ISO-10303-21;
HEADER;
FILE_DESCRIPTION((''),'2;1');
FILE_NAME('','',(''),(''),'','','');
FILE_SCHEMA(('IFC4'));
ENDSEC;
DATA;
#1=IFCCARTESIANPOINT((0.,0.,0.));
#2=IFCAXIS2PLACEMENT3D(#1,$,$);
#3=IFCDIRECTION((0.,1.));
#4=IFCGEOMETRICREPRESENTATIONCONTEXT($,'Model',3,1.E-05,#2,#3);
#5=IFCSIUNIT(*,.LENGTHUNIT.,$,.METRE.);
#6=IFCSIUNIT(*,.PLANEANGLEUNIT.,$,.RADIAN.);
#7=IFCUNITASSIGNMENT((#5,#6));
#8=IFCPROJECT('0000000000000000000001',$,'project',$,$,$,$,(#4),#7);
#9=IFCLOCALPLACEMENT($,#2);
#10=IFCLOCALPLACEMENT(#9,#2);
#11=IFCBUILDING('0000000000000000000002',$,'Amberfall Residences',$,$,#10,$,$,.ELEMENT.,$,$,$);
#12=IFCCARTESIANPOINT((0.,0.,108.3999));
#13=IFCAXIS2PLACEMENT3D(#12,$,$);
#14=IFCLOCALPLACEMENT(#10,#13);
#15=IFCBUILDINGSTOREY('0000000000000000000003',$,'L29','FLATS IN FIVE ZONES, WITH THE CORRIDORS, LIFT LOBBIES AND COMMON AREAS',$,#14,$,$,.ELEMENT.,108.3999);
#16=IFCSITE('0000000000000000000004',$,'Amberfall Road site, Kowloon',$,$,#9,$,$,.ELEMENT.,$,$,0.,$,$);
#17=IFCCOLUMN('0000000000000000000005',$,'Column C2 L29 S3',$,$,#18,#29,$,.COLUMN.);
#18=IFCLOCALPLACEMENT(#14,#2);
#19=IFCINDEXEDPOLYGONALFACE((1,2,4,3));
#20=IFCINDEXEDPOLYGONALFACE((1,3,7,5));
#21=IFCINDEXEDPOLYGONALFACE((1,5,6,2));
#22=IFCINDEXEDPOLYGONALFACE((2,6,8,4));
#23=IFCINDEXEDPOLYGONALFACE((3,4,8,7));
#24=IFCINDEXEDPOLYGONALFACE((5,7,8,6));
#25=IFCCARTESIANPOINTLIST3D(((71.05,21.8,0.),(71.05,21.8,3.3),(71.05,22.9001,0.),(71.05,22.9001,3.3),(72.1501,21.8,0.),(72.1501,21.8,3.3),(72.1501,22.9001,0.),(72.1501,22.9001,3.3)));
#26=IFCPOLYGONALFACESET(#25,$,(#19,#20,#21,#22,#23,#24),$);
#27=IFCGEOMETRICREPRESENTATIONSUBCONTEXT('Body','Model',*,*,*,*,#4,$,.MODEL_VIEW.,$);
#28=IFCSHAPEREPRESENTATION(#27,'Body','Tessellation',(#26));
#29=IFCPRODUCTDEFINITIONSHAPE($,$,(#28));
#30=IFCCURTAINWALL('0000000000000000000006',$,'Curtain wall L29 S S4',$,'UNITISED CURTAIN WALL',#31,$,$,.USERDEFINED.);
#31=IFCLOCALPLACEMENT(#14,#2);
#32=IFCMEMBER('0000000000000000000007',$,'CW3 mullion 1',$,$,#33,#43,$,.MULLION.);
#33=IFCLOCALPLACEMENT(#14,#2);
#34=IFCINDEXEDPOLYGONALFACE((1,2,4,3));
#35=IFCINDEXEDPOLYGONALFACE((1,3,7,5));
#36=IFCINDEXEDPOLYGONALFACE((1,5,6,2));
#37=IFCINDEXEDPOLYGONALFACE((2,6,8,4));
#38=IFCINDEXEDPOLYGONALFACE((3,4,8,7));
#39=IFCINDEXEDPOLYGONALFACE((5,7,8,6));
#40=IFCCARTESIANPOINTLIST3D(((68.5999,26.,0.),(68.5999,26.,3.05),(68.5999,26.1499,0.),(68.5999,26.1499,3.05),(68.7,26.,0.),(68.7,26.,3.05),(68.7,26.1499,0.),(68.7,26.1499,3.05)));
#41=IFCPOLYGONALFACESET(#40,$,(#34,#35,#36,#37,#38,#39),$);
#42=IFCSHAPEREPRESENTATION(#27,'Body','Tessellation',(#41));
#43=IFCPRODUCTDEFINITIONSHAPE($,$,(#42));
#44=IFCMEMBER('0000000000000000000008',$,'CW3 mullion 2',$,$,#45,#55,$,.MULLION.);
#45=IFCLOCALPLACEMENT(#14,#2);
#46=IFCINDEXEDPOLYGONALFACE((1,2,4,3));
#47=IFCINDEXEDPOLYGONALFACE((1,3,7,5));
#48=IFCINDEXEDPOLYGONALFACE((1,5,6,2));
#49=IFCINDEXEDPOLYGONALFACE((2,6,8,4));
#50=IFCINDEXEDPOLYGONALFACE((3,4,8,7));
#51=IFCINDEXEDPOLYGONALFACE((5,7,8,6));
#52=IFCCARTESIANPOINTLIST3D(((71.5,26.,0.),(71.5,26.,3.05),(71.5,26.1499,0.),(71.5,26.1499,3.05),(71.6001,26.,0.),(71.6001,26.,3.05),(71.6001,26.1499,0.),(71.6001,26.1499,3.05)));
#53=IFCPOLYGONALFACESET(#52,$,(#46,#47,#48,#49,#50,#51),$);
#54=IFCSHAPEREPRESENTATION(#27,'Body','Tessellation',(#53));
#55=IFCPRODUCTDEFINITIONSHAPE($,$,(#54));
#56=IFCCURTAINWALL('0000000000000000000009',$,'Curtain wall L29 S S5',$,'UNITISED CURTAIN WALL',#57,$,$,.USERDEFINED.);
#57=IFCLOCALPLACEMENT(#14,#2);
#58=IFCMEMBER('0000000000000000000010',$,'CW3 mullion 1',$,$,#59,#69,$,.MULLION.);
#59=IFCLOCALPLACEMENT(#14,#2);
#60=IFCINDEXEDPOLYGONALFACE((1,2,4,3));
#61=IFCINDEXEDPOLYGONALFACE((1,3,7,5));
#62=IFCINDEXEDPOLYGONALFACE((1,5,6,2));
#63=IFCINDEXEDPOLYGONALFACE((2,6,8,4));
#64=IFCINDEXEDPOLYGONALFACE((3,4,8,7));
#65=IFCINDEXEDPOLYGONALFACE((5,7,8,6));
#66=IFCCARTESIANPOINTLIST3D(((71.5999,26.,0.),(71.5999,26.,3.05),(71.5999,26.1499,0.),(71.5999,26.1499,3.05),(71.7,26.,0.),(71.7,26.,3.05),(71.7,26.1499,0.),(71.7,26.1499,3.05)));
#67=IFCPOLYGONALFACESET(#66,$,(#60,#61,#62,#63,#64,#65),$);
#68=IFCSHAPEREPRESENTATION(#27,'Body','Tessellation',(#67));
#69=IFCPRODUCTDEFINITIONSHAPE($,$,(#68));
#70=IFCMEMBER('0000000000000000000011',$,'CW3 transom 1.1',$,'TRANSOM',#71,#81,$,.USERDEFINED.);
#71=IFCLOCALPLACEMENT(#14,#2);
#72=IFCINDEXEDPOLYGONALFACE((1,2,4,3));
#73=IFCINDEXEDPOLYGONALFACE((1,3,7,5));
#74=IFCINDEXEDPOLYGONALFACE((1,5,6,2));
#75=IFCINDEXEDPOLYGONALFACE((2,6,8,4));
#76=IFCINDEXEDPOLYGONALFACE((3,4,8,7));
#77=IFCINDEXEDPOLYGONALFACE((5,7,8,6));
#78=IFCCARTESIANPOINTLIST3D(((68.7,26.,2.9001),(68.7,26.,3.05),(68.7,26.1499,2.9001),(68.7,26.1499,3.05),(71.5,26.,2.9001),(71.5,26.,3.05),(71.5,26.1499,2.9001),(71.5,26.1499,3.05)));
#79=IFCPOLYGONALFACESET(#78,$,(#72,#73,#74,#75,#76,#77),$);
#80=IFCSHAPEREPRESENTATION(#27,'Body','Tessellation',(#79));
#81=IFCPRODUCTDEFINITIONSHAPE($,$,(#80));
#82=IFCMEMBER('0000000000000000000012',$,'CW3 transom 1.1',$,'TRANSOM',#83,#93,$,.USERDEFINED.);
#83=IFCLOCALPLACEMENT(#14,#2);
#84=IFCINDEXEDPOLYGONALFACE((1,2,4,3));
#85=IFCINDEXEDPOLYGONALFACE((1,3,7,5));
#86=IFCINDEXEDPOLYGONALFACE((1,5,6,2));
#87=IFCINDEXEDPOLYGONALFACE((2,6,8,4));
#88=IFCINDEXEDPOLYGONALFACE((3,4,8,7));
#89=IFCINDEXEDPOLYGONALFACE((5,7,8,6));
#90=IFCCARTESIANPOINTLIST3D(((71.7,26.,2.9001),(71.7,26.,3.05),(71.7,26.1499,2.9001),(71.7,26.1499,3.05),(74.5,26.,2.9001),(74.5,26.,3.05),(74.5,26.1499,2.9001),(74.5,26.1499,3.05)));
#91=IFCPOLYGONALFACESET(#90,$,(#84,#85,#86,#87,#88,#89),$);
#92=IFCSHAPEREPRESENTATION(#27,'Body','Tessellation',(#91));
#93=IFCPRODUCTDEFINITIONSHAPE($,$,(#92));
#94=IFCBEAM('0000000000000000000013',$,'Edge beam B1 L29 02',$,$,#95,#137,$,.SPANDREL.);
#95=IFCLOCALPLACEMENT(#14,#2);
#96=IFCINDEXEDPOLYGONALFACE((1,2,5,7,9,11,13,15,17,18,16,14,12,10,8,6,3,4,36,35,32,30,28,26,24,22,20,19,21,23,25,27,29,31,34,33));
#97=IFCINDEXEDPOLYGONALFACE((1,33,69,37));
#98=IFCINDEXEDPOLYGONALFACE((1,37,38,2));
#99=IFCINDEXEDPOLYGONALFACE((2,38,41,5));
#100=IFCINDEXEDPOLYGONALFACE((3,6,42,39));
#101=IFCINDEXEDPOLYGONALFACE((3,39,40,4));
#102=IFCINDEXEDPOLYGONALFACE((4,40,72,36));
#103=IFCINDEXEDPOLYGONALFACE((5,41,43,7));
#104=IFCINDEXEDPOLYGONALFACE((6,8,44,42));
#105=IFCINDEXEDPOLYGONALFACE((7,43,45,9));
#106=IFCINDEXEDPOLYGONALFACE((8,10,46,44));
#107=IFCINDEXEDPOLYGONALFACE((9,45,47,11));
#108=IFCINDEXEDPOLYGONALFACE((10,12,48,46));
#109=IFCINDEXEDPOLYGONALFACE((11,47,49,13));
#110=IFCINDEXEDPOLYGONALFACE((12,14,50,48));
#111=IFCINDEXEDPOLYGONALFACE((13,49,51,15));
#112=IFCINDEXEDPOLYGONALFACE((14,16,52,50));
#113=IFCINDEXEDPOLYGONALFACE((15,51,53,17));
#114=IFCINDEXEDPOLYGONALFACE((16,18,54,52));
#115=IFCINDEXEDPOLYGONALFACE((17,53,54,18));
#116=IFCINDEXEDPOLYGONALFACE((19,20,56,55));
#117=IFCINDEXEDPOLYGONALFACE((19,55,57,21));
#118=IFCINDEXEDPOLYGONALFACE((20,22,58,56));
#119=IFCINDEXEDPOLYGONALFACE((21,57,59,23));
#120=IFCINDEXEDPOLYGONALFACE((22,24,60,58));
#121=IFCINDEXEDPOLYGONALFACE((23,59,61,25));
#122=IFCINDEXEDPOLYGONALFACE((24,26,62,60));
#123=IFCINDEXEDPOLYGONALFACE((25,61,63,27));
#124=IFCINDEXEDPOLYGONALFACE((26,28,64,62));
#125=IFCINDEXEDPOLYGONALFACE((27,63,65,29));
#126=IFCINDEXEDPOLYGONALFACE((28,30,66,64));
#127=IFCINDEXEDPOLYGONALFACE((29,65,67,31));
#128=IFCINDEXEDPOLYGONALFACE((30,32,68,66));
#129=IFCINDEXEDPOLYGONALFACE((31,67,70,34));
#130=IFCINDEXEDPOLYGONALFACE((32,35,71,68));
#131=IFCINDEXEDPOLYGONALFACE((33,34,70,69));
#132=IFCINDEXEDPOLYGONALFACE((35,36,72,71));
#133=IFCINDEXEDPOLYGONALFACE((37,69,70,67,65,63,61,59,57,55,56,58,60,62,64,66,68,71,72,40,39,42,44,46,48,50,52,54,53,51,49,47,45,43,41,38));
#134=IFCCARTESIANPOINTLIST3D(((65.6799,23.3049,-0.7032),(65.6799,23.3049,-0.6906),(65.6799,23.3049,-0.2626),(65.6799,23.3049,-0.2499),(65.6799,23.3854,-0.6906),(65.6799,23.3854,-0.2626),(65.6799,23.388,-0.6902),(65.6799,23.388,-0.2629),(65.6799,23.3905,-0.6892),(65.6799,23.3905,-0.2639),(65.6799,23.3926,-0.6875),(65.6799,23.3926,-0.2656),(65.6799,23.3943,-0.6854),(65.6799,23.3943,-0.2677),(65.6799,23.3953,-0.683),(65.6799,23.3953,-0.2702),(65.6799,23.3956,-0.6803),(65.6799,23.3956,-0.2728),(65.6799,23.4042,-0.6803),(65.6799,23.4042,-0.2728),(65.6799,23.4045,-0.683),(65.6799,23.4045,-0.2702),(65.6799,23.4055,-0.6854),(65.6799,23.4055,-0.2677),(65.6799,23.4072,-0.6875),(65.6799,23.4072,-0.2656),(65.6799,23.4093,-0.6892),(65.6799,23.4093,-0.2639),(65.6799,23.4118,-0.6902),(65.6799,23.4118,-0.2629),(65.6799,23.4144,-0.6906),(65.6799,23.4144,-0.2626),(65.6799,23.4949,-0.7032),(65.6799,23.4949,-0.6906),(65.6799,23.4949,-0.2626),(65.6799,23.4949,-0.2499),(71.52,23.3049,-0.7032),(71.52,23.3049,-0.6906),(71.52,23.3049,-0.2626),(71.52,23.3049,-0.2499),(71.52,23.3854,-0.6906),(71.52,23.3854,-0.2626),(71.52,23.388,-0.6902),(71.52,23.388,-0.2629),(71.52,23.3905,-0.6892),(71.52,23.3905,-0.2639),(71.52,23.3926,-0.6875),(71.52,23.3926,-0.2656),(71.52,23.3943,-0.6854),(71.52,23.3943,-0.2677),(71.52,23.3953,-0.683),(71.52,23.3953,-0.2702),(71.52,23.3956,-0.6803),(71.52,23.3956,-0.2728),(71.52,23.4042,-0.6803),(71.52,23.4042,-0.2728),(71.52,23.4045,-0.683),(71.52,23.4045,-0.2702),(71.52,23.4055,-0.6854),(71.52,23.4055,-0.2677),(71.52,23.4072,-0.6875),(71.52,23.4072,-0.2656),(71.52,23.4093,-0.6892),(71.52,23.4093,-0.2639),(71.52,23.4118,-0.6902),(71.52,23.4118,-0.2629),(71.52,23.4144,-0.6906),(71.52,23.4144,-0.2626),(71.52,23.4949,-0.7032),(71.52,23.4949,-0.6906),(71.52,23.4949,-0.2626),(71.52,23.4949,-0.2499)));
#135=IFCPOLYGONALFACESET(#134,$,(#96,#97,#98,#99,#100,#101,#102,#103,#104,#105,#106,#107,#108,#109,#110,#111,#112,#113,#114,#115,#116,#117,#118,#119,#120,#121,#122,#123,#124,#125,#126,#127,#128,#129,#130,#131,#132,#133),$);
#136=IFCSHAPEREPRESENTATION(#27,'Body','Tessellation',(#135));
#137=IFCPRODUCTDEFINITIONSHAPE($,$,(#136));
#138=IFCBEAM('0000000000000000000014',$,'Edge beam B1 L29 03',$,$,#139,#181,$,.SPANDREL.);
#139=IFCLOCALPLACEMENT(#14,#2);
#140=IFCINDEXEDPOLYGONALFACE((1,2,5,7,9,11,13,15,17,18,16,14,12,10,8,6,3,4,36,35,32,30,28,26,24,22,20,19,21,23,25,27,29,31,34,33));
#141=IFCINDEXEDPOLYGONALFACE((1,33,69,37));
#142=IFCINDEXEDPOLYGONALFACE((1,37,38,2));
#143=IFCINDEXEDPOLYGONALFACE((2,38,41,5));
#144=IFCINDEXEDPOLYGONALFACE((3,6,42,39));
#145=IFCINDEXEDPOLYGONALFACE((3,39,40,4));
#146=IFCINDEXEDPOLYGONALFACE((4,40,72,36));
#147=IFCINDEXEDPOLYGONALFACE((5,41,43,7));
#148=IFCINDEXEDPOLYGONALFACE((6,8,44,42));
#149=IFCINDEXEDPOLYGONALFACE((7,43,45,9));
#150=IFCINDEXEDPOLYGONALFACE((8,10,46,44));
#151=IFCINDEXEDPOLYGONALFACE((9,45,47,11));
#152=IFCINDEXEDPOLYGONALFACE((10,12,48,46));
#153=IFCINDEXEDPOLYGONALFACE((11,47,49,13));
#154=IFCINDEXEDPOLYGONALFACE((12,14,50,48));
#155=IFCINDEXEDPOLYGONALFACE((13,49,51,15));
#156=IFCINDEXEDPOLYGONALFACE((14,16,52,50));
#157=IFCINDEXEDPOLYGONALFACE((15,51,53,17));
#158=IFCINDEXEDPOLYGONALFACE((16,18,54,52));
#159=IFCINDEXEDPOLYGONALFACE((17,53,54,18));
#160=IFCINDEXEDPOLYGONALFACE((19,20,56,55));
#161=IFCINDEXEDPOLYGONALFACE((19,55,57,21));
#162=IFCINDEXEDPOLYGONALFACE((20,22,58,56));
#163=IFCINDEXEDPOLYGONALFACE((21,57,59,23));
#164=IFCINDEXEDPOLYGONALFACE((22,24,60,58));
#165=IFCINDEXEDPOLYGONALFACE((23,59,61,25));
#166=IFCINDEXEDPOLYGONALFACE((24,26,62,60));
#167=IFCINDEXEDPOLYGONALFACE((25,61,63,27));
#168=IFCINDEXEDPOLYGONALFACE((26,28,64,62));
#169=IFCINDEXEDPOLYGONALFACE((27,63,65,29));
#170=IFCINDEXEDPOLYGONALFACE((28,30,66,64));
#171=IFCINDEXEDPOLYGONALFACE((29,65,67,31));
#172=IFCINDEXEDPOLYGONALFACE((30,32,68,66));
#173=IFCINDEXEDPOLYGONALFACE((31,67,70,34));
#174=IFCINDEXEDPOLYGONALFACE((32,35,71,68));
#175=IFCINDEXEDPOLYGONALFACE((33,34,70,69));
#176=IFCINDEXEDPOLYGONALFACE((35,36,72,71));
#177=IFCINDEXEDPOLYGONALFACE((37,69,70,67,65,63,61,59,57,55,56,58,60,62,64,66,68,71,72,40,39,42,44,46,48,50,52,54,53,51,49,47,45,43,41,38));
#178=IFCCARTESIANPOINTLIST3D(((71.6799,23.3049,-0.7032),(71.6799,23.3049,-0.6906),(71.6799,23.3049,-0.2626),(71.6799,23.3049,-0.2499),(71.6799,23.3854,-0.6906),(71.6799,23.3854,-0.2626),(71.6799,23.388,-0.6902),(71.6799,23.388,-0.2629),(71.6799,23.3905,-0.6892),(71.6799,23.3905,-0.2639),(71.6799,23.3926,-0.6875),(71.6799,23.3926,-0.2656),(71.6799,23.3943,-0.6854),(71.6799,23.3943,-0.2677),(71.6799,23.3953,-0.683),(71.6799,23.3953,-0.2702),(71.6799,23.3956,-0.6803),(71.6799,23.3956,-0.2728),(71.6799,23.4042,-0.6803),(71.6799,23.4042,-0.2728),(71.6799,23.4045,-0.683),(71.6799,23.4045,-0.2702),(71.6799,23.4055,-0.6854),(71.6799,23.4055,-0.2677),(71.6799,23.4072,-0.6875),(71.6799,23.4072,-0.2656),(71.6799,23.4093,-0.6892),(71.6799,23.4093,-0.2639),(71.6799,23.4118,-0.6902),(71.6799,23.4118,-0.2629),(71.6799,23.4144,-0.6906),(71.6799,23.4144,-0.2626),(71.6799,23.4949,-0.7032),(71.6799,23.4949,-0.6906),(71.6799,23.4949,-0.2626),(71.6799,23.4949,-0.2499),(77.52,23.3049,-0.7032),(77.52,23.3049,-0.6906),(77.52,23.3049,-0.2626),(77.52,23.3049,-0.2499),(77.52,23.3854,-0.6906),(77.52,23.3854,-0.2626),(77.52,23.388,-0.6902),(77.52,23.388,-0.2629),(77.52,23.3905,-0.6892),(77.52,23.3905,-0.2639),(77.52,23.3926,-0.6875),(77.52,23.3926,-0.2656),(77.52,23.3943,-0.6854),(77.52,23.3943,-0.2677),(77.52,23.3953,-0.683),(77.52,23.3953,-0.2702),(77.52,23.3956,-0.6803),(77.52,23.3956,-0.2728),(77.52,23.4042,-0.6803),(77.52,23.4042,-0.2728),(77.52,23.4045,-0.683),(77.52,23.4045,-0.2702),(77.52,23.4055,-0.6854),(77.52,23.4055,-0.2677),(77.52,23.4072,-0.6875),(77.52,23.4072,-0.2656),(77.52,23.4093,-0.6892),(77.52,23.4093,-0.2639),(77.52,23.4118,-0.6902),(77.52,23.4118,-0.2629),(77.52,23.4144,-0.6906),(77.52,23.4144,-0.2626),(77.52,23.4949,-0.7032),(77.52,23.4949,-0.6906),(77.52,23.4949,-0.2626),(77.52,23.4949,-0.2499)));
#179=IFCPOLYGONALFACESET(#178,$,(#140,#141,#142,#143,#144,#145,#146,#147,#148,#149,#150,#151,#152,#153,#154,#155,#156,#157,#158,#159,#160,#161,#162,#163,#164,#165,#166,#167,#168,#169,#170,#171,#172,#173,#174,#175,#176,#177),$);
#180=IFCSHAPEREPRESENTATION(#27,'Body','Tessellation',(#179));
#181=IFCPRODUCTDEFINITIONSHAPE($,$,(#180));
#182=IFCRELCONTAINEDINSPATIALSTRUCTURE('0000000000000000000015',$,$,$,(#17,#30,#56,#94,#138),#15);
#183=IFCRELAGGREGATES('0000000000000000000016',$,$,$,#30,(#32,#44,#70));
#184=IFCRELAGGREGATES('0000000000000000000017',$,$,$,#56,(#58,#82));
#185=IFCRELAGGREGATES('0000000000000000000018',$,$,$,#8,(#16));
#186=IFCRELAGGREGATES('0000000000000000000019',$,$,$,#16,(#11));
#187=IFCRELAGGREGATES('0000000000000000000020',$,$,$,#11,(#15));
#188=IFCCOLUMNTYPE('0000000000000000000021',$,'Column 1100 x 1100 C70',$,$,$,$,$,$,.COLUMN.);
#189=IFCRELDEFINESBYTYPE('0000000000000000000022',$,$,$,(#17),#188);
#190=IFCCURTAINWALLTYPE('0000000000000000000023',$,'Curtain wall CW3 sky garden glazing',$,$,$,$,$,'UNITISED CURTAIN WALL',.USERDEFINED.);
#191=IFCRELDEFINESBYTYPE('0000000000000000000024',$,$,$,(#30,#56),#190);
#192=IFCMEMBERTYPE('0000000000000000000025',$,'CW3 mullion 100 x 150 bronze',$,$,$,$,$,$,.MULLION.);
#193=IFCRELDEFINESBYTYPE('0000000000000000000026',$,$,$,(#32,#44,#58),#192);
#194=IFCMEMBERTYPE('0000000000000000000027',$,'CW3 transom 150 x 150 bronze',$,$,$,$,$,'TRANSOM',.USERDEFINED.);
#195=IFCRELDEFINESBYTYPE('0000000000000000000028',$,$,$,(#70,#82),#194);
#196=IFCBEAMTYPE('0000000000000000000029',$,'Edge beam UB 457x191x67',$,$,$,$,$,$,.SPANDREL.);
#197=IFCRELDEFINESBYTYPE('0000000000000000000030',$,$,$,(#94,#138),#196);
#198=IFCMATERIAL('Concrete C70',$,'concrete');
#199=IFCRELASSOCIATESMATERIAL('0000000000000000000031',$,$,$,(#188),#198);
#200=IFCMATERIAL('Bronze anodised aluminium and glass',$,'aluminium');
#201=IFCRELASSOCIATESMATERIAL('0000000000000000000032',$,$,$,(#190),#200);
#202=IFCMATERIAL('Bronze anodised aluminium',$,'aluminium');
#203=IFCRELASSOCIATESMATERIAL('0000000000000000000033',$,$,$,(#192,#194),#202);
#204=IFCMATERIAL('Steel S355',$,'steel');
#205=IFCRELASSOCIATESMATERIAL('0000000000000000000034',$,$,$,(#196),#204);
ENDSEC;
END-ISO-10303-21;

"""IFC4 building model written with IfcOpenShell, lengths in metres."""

from ifc_helpers import new_model, si_unit, direction, frame, origin, origin_2d, place, context, subcontext, project, spatial, rectangle, i_section, extrude, material, material_profile, profile_set, type_object, element, aggregate, save


model = new_model("IFC4")

# Units and contexts
model_context = context("Model", 3, precision=1e-05, world=origin(), true_north=direction((0.0, 1.0)))
body_context = subcontext(model_context, "Body", "Model", "MODEL_VIEW")
ifc_project = project(units=[si_unit("LENGTHUNIT", "METRE"), si_unit("PLANEANGLEUNIT", "RADIAN")], contexts=[model_context])

# Site, building, storey
site_placement = place(None, origin())
site = spatial("IfcSite", under=ifc_project, at=site_placement, Name="Amberfall Road site, Kowloon", CompositionType="ELEMENT", RefElevation=0.0)
building_placement = place(site_placement, origin())
building = spatial("IfcBuilding", under=site, at=building_placement, Name="Amberfall Residences", CompositionType="ELEMENT")
storey_placement = place(building_placement, frame((0.0, 0.0, 108.3999)))
storey = spatial("IfcBuildingStorey", under=building, at=storey_placement, Name="L29", Description="FLATS IN FIVE ZONES, WITH THE CORRIDORS, LIFT LOBBIES AND COMMON AREAS", CompositionType="ELEMENT", Elevation=108.3999)

# Column
ifc_material_1 = material(Name="Concrete C70", Category="concrete")
ifc_material_profile_1 = material_profile(ifc_material_1, rectangle(XDim=1.1001, YDim=1.1001, at=origin_2d()), Name="Column 1100 x 1100 C70")
ifc_profile_set_1 = profile_set([ifc_material_profile_1], Name="Concrete C70")
column_type = type_object("IfcColumnType", Name="Column 1100 x 1100 C70", PredefinedType="COLUMN", material=ifc_profile_set_1)
column_placement = place(storey_placement, frame((71.6001, 22.3501, 0.0), z_axis=(0.0, 0.0, 1.0), x_axis=(1.0, 0.0, 0.0)))
element("IfcColumn", 1, at=column_placement, inside=storey, type_object=column_type, Name="Column C2 L29 S3", PredefinedType="COLUMN", context=body_context, shape_type="SweptSolid", body=[
    extrude(rectangle(XDim=1.1001, YDim=1.1001, at=origin_2d()), origin(), (0.0, 0.0, 1.0), 3.3),
])

# Curtain wall, members
ifc_material_2 = material(Name="Bronze anodised aluminium and glass", Category="aluminium")
curtain_wall_type = type_object("IfcCurtainWallType", Name="Curtain wall CW3 sky garden glazing", ElementType="UNITISED CURTAIN WALL", PredefinedType="USERDEFINED", material=ifc_material_2)
curtain_wall_1_placement = place(storey_placement, origin())
curtain_wall_1 = element("IfcCurtainWall", 2, at=curtain_wall_1_placement, inside=storey, type_object=curtain_wall_type, Name="Curtain wall L29 S S4", ObjectType="UNITISED CURTAIN WALL", PredefinedType="USERDEFINED")
ifc_material_3 = material(Name="Bronze anodised aluminium", Category="aluminium")
ifc_material_profile_2 = material_profile(ifc_material_3, rectangle(XDim=0.1499, YDim=0.1001, at=origin_2d()), Name="CW3 mullion 100 x 150 bronze")
ifc_profile_set_2 = profile_set([ifc_material_profile_2], Name="Bronze anodised aluminium")
member_type_1 = type_object("IfcMemberType", Name="CW3 mullion 100 x 150 bronze", PredefinedType="MULLION", material=ifc_profile_set_2)
member_1_placement = place(storey_placement, frame((68.6499, 26.075, 0.0), z_axis=(0.0, 0.0, 1.0), x_axis=(0.0, 1.0, 0.0)))
member_1 = element("IfcMember", 3, at=member_1_placement, type_object=member_type_1, Name="CW3 mullion 1", PredefinedType="MULLION", context=body_context, shape_type="SweptSolid", body=[
    extrude(rectangle(XDim=0.1499, YDim=0.1001, at=origin_2d()), origin(), (0.0, 0.0, 1.0), 3.05),
])
member_2_placement = place(storey_placement, frame((71.55, 26.075, 0.0), z_axis=(0.0, 0.0, 1.0), x_axis=(0.0, 1.0, 0.0)))
member_2 = element("IfcMember", 4, at=member_2_placement, type_object=member_type_1, Name="CW3 mullion 2", PredefinedType="MULLION", context=body_context, shape_type="SweptSolid", body=[
    extrude(rectangle(XDim=0.1499, YDim=0.1001, at=origin_2d()), origin(), (0.0, 0.0, 1.0), 3.05),
])

# Curtain wall, member
curtain_wall_2_placement = place(storey_placement, origin())
curtain_wall_2 = element("IfcCurtainWall", 5, at=curtain_wall_2_placement, inside=storey, type_object=curtain_wall_type, Name="Curtain wall L29 S S5", ObjectType="UNITISED CURTAIN WALL", PredefinedType="USERDEFINED")
member_3_placement = place(storey_placement, frame((71.6499, 26.075, 0.0), z_axis=(0.0, 0.0, 1.0), x_axis=(0.0, 1.0, 0.0)))
member_3 = element("IfcMember", 6, at=member_3_placement, type_object=member_type_1, Name="CW3 mullion 1", PredefinedType="MULLION", context=body_context, shape_type="SweptSolid", body=[
    extrude(rectangle(XDim=0.1499, YDim=0.1001, at=origin_2d()), origin(), (0.0, 0.0, 1.0), 3.05),
])

# Members
ifc_material_profile_3 = material_profile(ifc_material_3, rectangle(XDim=0.1499, YDim=0.1499, at=origin_2d()), Name="CW3 transom 150 x 150 bronze")
ifc_profile_set_3 = profile_set([ifc_material_profile_3], Name="Bronze anodised aluminium")
member_type_2 = type_object("IfcMemberType", Name="CW3 transom 150 x 150 bronze", ElementType="TRANSOM", PredefinedType="USERDEFINED", material=ifc_profile_set_3)
member_4_placement = place(storey_placement, frame((68.7, 26.075, 2.9751), z_axis=(1.0, 0.0, 0.0), x_axis=(0.0, 1.0, 0.0)))
member_4 = element("IfcMember", 7, at=member_4_placement, type_object=member_type_2, Name="CW3 transom 1.1", ObjectType="TRANSOM", PredefinedType="USERDEFINED", context=body_context, shape_type="SweptSolid", body=[
    extrude(rectangle(XDim=0.1499, YDim=0.1499, at=origin_2d()), origin(), (0.0, 0.0, 1.0), 2.8),
])
member_5_placement = place(storey_placement, frame((71.7, 26.075, 2.9751), z_axis=(1.0, 0.0, 0.0), x_axis=(0.0, 1.0, 0.0)))
member_5 = element("IfcMember", 8, at=member_5_placement, type_object=member_type_2, Name="CW3 transom 1.1", ObjectType="TRANSOM", PredefinedType="USERDEFINED", context=body_context, shape_type="SweptSolid", body=[
    extrude(rectangle(XDim=0.1499, YDim=0.1499, at=origin_2d()), origin(), (0.0, 0.0, 1.0), 2.8),
])

# Beams
ifc_material_4 = material(Name="Steel S355", Category="steel")
ifc_material_profile_4 = material_profile(ifc_material_4, i_section(OverallWidth=0.1899, OverallDepth=0.4534, WebThickness=0.0085, FlangeThickness=0.0127, FilletRadius=0.0103, at=origin_2d()), Name="UB 457x191x67")
ifc_profile_set_4 = profile_set([ifc_material_profile_4], Name="Steel S355")
beam_type_1 = type_object("IfcBeamType", Name="Edge beam UB 457x191x67", PredefinedType="SPANDREL", material=ifc_profile_set_4)
for number, where, z_axis, x_axis, name in (
    (9, (65.6799, 23.3999, -0.4766), (1.0, 0.0, 0.0), (0.0, 1.0, 0.0), "Edge beam B1 L29 02"),
    (10, (71.6799, 23.3999, -0.4766), (1.0, 0.0, 0.0), (0.0, 1.0, 0.0), "Edge beam B1 L29 03"),
):
    element("IfcBeam", number, at=place(storey_placement, frame(where, z_axis=z_axis, x_axis=x_axis)), inside=storey, type_object=beam_type_1, Name=name, PredefinedType="SPANDREL", context=body_context, shape_type="SweptSolid", body=[
        extrude(i_section(OverallWidth=0.1899, OverallDepth=0.4534, WebThickness=0.0085, FlangeThickness=0.0127, FilletRadius=0.0103, at=origin_2d()), origin(), (0.0, 0.0, 1.0), 5.8401),
    ])

aggregate(curtain_wall_1, [member_1, member_2, member_4])
aggregate(curtain_wall_2, [member_3, member_5])

save(model, "model.ifc")
